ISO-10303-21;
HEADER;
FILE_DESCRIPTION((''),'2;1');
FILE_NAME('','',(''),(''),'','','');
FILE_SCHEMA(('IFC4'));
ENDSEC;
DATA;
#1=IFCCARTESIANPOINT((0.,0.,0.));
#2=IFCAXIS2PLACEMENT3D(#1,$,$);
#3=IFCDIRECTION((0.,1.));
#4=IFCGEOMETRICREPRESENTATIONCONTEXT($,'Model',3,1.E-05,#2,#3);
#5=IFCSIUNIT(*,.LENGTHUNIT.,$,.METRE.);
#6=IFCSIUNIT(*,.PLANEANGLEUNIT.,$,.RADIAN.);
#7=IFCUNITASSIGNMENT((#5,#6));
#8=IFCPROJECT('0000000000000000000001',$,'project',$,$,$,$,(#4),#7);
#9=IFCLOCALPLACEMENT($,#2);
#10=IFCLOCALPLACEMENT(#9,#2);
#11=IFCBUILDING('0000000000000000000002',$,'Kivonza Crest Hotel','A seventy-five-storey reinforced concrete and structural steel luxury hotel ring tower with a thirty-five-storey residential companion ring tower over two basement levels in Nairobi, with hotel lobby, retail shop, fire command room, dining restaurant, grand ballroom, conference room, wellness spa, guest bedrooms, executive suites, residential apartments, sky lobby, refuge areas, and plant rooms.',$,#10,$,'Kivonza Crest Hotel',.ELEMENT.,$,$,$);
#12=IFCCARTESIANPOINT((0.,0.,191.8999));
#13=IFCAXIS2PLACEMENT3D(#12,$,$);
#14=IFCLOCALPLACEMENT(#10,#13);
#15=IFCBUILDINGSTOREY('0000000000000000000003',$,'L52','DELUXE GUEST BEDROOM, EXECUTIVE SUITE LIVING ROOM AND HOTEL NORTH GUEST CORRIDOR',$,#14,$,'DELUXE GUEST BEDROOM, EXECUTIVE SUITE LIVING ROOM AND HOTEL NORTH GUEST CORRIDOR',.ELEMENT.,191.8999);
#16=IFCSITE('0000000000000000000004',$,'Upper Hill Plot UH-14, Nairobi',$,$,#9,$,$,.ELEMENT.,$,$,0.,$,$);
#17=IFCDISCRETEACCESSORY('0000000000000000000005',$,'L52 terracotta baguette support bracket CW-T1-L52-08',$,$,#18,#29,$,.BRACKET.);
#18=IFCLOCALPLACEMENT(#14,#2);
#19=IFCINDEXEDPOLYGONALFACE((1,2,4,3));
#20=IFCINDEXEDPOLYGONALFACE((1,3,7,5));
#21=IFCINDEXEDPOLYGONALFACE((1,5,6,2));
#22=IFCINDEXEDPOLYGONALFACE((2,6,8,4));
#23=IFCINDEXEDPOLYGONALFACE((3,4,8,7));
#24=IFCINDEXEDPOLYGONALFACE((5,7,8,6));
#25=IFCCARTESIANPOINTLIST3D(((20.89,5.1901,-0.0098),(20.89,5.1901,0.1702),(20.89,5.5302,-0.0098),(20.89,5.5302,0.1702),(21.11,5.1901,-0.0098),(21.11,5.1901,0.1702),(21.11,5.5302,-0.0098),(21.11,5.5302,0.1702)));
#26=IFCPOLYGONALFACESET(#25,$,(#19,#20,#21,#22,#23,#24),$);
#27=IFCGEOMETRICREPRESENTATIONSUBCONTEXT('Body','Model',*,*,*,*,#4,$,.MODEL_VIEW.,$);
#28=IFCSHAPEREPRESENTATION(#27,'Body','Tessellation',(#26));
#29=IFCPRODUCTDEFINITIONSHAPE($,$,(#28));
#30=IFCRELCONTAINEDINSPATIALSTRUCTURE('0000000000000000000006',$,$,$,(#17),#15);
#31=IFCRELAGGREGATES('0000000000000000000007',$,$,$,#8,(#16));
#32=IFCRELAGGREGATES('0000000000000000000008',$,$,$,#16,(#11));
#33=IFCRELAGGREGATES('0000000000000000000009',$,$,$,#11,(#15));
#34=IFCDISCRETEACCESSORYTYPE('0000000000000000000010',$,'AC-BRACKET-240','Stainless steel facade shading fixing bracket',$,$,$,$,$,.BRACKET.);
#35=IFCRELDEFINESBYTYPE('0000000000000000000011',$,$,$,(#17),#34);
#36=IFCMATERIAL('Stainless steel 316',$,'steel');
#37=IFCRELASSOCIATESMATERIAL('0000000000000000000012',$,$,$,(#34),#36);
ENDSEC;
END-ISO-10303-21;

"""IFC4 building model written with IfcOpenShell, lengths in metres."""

from ifc_helpers import new_model, si_unit, direction, frame, origin, origin_2d, place, context, subcontext, project, spatial, rectangle, extrude, material, type_object, element, save


model = new_model("IFC4")

# Units and contexts
model_context = context("Model", 3, precision=1e-05, world=origin(), true_north=direction((0.0, 1.0)))
body_context = subcontext(model_context, "Body", "Model", "MODEL_VIEW")
ifc_project = project(units=[si_unit("LENGTHUNIT", "METRE"), si_unit("PLANEANGLEUNIT", "RADIAN")], contexts=[model_context])

# Site, building, storey
site_placement = place(None, origin())
site = spatial("IfcSite", under=ifc_project, at=site_placement, Name="Upper Hill Plot UH-14, Nairobi", CompositionType="ELEMENT", RefElevation=0.0)
building_placement = place(site_placement, origin())
building = spatial("IfcBuilding", under=site, at=building_placement, Name="Kivonza Crest Hotel", Description="A seventy-five-storey reinforced concrete and structural steel luxury hotel ring tower with a thirty-five-storey residential companion ring tower over two basement levels in Nairobi, with hotel lobby, retail shop, fire command room, dining restaurant, grand ballroom, conference room, wellness spa, guest bedrooms, executive suites, residential apartments, sky lobby, refuge areas, and plant rooms.", LongName="Kivonza Crest Hotel", CompositionType="ELEMENT")
storey_placement = place(building_placement, frame((0.0, 0.0, 191.8999)))
storey = spatial("IfcBuildingStorey", under=building, at=storey_placement, Name="L52", Description="DELUXE GUEST BEDROOM, EXECUTIVE SUITE LIVING ROOM AND HOTEL NORTH GUEST CORRIDOR", LongName="DELUXE GUEST BEDROOM, EXECUTIVE SUITE LIVING ROOM AND HOTEL NORTH GUEST CORRIDOR", CompositionType="ELEMENT", Elevation=191.8999)

# Discrete accessory
ifc_material_1 = material(Name="Stainless steel 316", Category="steel")
discrete_accessory_type = type_object("IfcDiscreteAccessoryType", Name="AC-BRACKET-240", Description="Stainless steel facade shading fixing bracket", PredefinedType="BRACKET", material=ifc_material_1)
discrete_accessory_placement = place(storey_placement, frame((21.0, 5.3601, -0.0098), z_axis=(0.0, 0.0, 1.0), x_axis=(1.0, 0.0, 0.0)))
element("IfcDiscreteAccessory", 1, at=discrete_accessory_placement, inside=storey, type_object=discrete_accessory_type, Name="L52 terracotta baguette support bracket CW-T1-L52-08", PredefinedType="BRACKET", context=body_context, shape_type="SweptSolid", body=[
    extrude(rectangle(XDim=0.22, YDim=0.3401, at=origin_2d()), origin(), (0.0, 0.0, 1.0), 0.1799),
])

save(model, "model.ifc")
